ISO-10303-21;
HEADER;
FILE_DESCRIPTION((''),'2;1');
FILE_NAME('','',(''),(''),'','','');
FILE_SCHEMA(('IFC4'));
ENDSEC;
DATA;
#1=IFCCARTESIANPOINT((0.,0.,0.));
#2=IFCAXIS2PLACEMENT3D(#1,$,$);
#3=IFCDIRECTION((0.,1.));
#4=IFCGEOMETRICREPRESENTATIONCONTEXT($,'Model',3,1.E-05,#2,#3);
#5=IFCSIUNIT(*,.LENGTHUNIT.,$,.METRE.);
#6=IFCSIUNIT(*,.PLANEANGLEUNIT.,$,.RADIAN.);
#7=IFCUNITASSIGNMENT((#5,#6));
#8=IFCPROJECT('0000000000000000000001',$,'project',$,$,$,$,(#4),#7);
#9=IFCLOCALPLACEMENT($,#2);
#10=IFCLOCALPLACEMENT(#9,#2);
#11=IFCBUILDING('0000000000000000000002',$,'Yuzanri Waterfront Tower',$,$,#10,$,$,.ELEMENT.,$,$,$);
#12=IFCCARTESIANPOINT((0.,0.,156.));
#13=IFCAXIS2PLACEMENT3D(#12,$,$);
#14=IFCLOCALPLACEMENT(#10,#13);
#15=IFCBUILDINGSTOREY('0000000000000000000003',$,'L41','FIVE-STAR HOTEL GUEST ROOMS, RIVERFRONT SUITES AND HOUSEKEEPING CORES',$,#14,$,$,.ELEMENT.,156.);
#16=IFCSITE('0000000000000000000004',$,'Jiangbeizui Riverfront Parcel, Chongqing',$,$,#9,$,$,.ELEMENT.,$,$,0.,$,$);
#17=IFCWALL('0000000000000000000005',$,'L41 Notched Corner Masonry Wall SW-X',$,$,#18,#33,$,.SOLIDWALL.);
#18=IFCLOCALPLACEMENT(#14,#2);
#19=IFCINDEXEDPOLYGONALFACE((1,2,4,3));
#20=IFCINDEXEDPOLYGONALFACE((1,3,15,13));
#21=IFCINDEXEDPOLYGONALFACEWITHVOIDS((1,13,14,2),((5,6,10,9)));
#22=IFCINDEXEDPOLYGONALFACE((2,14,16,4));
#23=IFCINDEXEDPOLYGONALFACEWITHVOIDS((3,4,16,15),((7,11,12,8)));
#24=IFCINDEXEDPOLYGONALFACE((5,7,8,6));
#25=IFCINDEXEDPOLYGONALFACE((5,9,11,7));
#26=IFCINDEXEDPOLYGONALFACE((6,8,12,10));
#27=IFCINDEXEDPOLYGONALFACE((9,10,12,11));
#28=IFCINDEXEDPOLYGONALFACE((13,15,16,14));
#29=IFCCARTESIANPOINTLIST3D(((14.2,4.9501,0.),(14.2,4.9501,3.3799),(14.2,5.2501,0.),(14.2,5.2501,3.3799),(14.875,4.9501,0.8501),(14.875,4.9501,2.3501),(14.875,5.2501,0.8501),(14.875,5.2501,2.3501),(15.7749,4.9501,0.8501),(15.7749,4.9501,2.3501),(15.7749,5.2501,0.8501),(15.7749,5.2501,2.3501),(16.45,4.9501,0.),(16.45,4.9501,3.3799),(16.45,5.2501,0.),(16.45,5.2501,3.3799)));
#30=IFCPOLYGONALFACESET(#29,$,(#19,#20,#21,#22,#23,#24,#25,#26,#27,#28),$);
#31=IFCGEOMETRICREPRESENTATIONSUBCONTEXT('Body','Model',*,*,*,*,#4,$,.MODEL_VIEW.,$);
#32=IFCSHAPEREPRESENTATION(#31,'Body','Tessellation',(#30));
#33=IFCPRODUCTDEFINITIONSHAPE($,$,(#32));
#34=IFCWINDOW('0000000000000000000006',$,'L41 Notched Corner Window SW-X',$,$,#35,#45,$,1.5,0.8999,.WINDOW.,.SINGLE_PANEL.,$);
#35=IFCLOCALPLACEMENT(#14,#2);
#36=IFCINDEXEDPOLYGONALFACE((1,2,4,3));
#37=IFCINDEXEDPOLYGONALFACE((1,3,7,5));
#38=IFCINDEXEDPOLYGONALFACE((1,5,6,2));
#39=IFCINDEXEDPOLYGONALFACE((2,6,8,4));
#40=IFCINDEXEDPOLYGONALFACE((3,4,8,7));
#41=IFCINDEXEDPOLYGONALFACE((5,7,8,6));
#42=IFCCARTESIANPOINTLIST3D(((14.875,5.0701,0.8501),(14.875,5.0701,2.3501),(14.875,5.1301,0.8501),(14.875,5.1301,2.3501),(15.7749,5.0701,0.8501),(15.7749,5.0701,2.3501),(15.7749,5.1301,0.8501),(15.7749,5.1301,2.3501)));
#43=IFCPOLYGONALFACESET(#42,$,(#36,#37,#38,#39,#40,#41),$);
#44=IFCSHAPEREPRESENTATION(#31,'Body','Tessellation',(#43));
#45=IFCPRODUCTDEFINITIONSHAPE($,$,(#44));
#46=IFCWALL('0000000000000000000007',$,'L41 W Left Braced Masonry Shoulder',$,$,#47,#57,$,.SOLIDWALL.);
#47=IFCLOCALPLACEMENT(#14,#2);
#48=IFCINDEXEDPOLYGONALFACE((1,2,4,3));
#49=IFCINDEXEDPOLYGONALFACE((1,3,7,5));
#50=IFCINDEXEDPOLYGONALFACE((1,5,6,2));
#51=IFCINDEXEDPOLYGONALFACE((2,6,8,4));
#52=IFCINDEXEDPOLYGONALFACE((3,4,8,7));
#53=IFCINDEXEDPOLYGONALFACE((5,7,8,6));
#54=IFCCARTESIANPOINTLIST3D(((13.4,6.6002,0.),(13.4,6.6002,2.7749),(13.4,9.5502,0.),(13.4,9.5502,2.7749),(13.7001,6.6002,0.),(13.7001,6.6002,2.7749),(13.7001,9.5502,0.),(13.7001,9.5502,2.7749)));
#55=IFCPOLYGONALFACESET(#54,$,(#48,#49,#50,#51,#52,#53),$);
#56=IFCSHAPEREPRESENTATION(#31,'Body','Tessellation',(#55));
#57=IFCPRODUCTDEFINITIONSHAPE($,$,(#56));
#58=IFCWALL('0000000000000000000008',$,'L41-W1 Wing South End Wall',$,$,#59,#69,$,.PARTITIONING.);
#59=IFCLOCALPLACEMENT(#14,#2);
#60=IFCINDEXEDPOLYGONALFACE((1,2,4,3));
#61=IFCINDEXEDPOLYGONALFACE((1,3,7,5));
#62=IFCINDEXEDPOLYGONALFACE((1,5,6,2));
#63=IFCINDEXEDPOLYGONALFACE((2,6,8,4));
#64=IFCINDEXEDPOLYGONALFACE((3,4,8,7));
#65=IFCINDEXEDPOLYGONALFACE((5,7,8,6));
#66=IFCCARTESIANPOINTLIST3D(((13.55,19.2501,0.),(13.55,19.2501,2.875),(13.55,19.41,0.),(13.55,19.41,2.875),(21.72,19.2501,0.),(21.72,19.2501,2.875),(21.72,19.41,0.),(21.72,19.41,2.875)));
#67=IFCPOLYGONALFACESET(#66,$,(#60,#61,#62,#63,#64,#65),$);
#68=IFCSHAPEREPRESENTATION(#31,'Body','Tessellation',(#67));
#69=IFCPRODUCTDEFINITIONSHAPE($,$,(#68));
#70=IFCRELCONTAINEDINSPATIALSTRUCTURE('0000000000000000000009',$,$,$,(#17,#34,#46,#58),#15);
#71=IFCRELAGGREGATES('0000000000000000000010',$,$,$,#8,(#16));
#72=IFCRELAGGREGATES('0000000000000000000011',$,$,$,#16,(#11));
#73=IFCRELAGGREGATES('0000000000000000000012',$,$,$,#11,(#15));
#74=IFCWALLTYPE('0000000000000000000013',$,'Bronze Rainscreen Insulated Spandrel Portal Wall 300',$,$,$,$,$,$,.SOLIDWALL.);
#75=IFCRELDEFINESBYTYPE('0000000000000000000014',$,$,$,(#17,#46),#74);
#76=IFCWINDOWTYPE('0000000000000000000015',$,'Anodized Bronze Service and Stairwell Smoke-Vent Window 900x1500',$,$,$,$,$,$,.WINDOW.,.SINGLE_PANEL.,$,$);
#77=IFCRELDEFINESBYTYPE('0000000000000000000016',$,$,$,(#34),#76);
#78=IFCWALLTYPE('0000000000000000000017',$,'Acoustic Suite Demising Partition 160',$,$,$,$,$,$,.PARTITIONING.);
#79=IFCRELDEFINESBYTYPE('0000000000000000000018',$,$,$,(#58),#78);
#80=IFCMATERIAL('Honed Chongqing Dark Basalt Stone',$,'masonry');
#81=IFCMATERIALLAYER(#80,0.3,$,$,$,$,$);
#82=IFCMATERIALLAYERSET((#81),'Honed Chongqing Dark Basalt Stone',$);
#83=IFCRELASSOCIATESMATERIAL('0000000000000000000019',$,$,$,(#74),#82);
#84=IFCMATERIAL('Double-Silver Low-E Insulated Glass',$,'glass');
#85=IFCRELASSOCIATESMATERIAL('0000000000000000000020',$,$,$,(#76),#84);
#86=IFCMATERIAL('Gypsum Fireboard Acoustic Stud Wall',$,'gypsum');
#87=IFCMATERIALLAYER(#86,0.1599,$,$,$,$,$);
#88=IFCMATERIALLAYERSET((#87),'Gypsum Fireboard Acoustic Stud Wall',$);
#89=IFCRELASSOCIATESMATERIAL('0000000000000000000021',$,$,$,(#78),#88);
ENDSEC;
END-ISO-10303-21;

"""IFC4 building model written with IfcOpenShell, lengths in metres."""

from ifc_helpers import new_model, si_unit, direction, frame, frame_2d, origin, place, context, subcontext, project, spatial, rectangle, extrude, source, transform, mapped, material, layer, layer_set, type_object, element, fill, save


model = new_model("IFC4")

# Units and contexts
model_context = context("Model", 3, precision=1e-05, world=origin(), true_north=direction((0.0, 1.0)))
body_context = subcontext(model_context, "Body", "Model", "MODEL_VIEW")
ifc_project = project(units=[si_unit("LENGTHUNIT", "METRE"), si_unit("PLANEANGLEUNIT", "RADIAN")], contexts=[model_context])

# Site, building, storey
site_placement = place(None, origin())
site = spatial("IfcSite", under=ifc_project, at=site_placement, Name="Jiangbeizui Riverfront Parcel, Chongqing", CompositionType="ELEMENT", RefElevation=0.0)
building_placement = place(site_placement, origin())
building = spatial("IfcBuilding", under=site, at=building_placement, Name="Yuzanri Waterfront Tower", CompositionType="ELEMENT")
storey_placement = place(building_placement, frame((0.0, 0.0, 156.0)))
storey = spatial("IfcBuildingStorey", under=building, at=storey_placement, Name="L41", Description="FIVE-STAR HOTEL GUEST ROOMS, RIVERFRONT SUITES AND HOUSEKEEPING CORES", CompositionType="ELEMENT", Elevation=156.0)

# Wall, opening, window
ifc_material_1 = material(Name="Honed Chongqing Dark Basalt Stone", Category="masonry")
ifc_layer_1 = layer(ifc_material_1, 0.3)
ifc_layer_set_1 = layer_set([ifc_layer_1], Name="Honed Chongqing Dark Basalt Stone")
wall_type_1 = type_object("IfcWallType", Name="Bronze Rainscreen Insulated Spandrel Portal Wall 300", PredefinedType="SOLIDWALL", material=ifc_layer_set_1)
wall_1_placement = place(storey_placement, frame((14.2, 5.1001, 0.0), z_axis=(0.0, 0.0, 1.0), x_axis=(1.0, 0.0, 0.0)))
wall_1 = element("IfcWall", 1, at=wall_1_placement, inside=storey, type_object=wall_type_1, Name="L41 Notched Corner Masonry Wall SW-X", PredefinedType="SOLIDWALL", context=body_context, shape_type="SweptSolid", body=[
    extrude(rectangle(XDim=2.25, YDim=0.3, at=frame_2d((1.125, 0.0))), origin(), (0.0, 0.0, 1.0), 3.3799),
])
opening_placement = place(wall_1_placement, frame((0.675, 0.0, 0.8501)))
opening = element("IfcOpeningElement", 2, at=opening_placement, cuts=wall_1, PredefinedType="OPENING", context=body_context, shape_type="SweptSolid", body=[
    extrude(rectangle(XDim=0.8999, YDim=1.5, at=frame_2d((0.45, 0.75))), frame((0.0, 0.165, 0.0), z_axis=(0.0, -1.0, 0.0), x_axis=(1.0, 0.0, 0.0)), (0.0, 0.0, 1.0), 0.3298),
])
ifc_material_2 = material(Name="Double-Silver Low-E Insulated Glass", Category="glass")
window_type = type_object("IfcWindowType", Name="Anodized Bronze Service and Stairwell Smoke-Vent Window 900x1500", PartitioningType="SINGLE_PANEL", PredefinedType="WINDOW", material=ifc_material_2)
shared_shape_1 = source(origin(), body_context, "Body", "SweptSolid", [
    extrude(rectangle(XDim=0.8999, YDim=1.5, at=frame_2d((0.45, 0.75))), frame((0.0, 0.03, 0.0), z_axis=(0.0, -1.0, 0.0), x_axis=(1.0, 0.0, 0.0)), (0.0, 0.0, 1.0), 0.0601),
])
window_placement = place(opening_placement, origin())
window = element("IfcWindow", 3, at=window_placement, inside=storey, type_object=window_type, Name="L41 Notched Corner Window SW-X", OverallHeight=1.5, OverallWidth=0.8999, PartitioningType="SINGLE_PANEL", PredefinedType="WINDOW", context=body_context, shape_type="MappedRepresentation", body=[
    mapped(shared_shape_1, transform((0.0, 0.0, 0.0), scale=1.0)),
])
fill(opening, window)

# Walls
shared_shape_2 = source(origin(), body_context, "Body", "SweptSolid", [
    extrude(rectangle(XDim=2.95, YDim=0.3, at=frame_2d((1.4751, 0.0))), origin(), (0.0, 0.0, 1.0), 2.7749),
])
wall_2_placement = place(storey_placement, frame((13.55, 6.6001, 0.0), z_axis=(0.0, 0.0, 1.0), x_axis=(0.0, 1.0, 0.0)))
element("IfcWall", 4, at=wall_2_placement, inside=storey, type_object=wall_type_1, Name="L41 W Left Braced Masonry Shoulder", PredefinedType="SOLIDWALL", context=body_context, shape_type="MappedRepresentation", body=[
    mapped(shared_shape_2, transform((0.0, 0.0, 0.0), scale=1.0)),
])
ifc_material_3 = material(Name="Gypsum Fireboard Acoustic Stud Wall", Category="gypsum")
ifc_layer_2 = layer(ifc_material_3, 0.1599)
ifc_layer_set_2 = layer_set([ifc_layer_2], Name="Gypsum Fireboard Acoustic Stud Wall")
wall_type_2 = type_object("IfcWallType", Name="Acoustic Suite Demising Partition 160", PredefinedType="PARTITIONING", material=ifc_layer_set_2)
shared_shape_3 = source(origin(), body_context, "Body", "SweptSolid", [
    extrude(rectangle(XDim=8.1699, YDim=0.1599, at=frame_2d((4.085, 0.0))), origin(), (0.0, 0.0, 1.0), 2.875),
])
wall_3_placement = place(storey_placement, frame((13.55, 19.3301, 0.0), z_axis=(0.0, 0.0, 1.0), x_axis=(1.0, 0.0, 0.0)))
element("IfcWall", 5, at=wall_3_placement, inside=storey, type_object=wall_type_2, Name="L41-W1 Wing South End Wall", PredefinedType="PARTITIONING", context=body_context, shape_type="MappedRepresentation", body=[
    mapped(shared_shape_3, transform((0.0, 0.0, 0.0), scale=1.0)),
])

save(model, "model.ifc")
